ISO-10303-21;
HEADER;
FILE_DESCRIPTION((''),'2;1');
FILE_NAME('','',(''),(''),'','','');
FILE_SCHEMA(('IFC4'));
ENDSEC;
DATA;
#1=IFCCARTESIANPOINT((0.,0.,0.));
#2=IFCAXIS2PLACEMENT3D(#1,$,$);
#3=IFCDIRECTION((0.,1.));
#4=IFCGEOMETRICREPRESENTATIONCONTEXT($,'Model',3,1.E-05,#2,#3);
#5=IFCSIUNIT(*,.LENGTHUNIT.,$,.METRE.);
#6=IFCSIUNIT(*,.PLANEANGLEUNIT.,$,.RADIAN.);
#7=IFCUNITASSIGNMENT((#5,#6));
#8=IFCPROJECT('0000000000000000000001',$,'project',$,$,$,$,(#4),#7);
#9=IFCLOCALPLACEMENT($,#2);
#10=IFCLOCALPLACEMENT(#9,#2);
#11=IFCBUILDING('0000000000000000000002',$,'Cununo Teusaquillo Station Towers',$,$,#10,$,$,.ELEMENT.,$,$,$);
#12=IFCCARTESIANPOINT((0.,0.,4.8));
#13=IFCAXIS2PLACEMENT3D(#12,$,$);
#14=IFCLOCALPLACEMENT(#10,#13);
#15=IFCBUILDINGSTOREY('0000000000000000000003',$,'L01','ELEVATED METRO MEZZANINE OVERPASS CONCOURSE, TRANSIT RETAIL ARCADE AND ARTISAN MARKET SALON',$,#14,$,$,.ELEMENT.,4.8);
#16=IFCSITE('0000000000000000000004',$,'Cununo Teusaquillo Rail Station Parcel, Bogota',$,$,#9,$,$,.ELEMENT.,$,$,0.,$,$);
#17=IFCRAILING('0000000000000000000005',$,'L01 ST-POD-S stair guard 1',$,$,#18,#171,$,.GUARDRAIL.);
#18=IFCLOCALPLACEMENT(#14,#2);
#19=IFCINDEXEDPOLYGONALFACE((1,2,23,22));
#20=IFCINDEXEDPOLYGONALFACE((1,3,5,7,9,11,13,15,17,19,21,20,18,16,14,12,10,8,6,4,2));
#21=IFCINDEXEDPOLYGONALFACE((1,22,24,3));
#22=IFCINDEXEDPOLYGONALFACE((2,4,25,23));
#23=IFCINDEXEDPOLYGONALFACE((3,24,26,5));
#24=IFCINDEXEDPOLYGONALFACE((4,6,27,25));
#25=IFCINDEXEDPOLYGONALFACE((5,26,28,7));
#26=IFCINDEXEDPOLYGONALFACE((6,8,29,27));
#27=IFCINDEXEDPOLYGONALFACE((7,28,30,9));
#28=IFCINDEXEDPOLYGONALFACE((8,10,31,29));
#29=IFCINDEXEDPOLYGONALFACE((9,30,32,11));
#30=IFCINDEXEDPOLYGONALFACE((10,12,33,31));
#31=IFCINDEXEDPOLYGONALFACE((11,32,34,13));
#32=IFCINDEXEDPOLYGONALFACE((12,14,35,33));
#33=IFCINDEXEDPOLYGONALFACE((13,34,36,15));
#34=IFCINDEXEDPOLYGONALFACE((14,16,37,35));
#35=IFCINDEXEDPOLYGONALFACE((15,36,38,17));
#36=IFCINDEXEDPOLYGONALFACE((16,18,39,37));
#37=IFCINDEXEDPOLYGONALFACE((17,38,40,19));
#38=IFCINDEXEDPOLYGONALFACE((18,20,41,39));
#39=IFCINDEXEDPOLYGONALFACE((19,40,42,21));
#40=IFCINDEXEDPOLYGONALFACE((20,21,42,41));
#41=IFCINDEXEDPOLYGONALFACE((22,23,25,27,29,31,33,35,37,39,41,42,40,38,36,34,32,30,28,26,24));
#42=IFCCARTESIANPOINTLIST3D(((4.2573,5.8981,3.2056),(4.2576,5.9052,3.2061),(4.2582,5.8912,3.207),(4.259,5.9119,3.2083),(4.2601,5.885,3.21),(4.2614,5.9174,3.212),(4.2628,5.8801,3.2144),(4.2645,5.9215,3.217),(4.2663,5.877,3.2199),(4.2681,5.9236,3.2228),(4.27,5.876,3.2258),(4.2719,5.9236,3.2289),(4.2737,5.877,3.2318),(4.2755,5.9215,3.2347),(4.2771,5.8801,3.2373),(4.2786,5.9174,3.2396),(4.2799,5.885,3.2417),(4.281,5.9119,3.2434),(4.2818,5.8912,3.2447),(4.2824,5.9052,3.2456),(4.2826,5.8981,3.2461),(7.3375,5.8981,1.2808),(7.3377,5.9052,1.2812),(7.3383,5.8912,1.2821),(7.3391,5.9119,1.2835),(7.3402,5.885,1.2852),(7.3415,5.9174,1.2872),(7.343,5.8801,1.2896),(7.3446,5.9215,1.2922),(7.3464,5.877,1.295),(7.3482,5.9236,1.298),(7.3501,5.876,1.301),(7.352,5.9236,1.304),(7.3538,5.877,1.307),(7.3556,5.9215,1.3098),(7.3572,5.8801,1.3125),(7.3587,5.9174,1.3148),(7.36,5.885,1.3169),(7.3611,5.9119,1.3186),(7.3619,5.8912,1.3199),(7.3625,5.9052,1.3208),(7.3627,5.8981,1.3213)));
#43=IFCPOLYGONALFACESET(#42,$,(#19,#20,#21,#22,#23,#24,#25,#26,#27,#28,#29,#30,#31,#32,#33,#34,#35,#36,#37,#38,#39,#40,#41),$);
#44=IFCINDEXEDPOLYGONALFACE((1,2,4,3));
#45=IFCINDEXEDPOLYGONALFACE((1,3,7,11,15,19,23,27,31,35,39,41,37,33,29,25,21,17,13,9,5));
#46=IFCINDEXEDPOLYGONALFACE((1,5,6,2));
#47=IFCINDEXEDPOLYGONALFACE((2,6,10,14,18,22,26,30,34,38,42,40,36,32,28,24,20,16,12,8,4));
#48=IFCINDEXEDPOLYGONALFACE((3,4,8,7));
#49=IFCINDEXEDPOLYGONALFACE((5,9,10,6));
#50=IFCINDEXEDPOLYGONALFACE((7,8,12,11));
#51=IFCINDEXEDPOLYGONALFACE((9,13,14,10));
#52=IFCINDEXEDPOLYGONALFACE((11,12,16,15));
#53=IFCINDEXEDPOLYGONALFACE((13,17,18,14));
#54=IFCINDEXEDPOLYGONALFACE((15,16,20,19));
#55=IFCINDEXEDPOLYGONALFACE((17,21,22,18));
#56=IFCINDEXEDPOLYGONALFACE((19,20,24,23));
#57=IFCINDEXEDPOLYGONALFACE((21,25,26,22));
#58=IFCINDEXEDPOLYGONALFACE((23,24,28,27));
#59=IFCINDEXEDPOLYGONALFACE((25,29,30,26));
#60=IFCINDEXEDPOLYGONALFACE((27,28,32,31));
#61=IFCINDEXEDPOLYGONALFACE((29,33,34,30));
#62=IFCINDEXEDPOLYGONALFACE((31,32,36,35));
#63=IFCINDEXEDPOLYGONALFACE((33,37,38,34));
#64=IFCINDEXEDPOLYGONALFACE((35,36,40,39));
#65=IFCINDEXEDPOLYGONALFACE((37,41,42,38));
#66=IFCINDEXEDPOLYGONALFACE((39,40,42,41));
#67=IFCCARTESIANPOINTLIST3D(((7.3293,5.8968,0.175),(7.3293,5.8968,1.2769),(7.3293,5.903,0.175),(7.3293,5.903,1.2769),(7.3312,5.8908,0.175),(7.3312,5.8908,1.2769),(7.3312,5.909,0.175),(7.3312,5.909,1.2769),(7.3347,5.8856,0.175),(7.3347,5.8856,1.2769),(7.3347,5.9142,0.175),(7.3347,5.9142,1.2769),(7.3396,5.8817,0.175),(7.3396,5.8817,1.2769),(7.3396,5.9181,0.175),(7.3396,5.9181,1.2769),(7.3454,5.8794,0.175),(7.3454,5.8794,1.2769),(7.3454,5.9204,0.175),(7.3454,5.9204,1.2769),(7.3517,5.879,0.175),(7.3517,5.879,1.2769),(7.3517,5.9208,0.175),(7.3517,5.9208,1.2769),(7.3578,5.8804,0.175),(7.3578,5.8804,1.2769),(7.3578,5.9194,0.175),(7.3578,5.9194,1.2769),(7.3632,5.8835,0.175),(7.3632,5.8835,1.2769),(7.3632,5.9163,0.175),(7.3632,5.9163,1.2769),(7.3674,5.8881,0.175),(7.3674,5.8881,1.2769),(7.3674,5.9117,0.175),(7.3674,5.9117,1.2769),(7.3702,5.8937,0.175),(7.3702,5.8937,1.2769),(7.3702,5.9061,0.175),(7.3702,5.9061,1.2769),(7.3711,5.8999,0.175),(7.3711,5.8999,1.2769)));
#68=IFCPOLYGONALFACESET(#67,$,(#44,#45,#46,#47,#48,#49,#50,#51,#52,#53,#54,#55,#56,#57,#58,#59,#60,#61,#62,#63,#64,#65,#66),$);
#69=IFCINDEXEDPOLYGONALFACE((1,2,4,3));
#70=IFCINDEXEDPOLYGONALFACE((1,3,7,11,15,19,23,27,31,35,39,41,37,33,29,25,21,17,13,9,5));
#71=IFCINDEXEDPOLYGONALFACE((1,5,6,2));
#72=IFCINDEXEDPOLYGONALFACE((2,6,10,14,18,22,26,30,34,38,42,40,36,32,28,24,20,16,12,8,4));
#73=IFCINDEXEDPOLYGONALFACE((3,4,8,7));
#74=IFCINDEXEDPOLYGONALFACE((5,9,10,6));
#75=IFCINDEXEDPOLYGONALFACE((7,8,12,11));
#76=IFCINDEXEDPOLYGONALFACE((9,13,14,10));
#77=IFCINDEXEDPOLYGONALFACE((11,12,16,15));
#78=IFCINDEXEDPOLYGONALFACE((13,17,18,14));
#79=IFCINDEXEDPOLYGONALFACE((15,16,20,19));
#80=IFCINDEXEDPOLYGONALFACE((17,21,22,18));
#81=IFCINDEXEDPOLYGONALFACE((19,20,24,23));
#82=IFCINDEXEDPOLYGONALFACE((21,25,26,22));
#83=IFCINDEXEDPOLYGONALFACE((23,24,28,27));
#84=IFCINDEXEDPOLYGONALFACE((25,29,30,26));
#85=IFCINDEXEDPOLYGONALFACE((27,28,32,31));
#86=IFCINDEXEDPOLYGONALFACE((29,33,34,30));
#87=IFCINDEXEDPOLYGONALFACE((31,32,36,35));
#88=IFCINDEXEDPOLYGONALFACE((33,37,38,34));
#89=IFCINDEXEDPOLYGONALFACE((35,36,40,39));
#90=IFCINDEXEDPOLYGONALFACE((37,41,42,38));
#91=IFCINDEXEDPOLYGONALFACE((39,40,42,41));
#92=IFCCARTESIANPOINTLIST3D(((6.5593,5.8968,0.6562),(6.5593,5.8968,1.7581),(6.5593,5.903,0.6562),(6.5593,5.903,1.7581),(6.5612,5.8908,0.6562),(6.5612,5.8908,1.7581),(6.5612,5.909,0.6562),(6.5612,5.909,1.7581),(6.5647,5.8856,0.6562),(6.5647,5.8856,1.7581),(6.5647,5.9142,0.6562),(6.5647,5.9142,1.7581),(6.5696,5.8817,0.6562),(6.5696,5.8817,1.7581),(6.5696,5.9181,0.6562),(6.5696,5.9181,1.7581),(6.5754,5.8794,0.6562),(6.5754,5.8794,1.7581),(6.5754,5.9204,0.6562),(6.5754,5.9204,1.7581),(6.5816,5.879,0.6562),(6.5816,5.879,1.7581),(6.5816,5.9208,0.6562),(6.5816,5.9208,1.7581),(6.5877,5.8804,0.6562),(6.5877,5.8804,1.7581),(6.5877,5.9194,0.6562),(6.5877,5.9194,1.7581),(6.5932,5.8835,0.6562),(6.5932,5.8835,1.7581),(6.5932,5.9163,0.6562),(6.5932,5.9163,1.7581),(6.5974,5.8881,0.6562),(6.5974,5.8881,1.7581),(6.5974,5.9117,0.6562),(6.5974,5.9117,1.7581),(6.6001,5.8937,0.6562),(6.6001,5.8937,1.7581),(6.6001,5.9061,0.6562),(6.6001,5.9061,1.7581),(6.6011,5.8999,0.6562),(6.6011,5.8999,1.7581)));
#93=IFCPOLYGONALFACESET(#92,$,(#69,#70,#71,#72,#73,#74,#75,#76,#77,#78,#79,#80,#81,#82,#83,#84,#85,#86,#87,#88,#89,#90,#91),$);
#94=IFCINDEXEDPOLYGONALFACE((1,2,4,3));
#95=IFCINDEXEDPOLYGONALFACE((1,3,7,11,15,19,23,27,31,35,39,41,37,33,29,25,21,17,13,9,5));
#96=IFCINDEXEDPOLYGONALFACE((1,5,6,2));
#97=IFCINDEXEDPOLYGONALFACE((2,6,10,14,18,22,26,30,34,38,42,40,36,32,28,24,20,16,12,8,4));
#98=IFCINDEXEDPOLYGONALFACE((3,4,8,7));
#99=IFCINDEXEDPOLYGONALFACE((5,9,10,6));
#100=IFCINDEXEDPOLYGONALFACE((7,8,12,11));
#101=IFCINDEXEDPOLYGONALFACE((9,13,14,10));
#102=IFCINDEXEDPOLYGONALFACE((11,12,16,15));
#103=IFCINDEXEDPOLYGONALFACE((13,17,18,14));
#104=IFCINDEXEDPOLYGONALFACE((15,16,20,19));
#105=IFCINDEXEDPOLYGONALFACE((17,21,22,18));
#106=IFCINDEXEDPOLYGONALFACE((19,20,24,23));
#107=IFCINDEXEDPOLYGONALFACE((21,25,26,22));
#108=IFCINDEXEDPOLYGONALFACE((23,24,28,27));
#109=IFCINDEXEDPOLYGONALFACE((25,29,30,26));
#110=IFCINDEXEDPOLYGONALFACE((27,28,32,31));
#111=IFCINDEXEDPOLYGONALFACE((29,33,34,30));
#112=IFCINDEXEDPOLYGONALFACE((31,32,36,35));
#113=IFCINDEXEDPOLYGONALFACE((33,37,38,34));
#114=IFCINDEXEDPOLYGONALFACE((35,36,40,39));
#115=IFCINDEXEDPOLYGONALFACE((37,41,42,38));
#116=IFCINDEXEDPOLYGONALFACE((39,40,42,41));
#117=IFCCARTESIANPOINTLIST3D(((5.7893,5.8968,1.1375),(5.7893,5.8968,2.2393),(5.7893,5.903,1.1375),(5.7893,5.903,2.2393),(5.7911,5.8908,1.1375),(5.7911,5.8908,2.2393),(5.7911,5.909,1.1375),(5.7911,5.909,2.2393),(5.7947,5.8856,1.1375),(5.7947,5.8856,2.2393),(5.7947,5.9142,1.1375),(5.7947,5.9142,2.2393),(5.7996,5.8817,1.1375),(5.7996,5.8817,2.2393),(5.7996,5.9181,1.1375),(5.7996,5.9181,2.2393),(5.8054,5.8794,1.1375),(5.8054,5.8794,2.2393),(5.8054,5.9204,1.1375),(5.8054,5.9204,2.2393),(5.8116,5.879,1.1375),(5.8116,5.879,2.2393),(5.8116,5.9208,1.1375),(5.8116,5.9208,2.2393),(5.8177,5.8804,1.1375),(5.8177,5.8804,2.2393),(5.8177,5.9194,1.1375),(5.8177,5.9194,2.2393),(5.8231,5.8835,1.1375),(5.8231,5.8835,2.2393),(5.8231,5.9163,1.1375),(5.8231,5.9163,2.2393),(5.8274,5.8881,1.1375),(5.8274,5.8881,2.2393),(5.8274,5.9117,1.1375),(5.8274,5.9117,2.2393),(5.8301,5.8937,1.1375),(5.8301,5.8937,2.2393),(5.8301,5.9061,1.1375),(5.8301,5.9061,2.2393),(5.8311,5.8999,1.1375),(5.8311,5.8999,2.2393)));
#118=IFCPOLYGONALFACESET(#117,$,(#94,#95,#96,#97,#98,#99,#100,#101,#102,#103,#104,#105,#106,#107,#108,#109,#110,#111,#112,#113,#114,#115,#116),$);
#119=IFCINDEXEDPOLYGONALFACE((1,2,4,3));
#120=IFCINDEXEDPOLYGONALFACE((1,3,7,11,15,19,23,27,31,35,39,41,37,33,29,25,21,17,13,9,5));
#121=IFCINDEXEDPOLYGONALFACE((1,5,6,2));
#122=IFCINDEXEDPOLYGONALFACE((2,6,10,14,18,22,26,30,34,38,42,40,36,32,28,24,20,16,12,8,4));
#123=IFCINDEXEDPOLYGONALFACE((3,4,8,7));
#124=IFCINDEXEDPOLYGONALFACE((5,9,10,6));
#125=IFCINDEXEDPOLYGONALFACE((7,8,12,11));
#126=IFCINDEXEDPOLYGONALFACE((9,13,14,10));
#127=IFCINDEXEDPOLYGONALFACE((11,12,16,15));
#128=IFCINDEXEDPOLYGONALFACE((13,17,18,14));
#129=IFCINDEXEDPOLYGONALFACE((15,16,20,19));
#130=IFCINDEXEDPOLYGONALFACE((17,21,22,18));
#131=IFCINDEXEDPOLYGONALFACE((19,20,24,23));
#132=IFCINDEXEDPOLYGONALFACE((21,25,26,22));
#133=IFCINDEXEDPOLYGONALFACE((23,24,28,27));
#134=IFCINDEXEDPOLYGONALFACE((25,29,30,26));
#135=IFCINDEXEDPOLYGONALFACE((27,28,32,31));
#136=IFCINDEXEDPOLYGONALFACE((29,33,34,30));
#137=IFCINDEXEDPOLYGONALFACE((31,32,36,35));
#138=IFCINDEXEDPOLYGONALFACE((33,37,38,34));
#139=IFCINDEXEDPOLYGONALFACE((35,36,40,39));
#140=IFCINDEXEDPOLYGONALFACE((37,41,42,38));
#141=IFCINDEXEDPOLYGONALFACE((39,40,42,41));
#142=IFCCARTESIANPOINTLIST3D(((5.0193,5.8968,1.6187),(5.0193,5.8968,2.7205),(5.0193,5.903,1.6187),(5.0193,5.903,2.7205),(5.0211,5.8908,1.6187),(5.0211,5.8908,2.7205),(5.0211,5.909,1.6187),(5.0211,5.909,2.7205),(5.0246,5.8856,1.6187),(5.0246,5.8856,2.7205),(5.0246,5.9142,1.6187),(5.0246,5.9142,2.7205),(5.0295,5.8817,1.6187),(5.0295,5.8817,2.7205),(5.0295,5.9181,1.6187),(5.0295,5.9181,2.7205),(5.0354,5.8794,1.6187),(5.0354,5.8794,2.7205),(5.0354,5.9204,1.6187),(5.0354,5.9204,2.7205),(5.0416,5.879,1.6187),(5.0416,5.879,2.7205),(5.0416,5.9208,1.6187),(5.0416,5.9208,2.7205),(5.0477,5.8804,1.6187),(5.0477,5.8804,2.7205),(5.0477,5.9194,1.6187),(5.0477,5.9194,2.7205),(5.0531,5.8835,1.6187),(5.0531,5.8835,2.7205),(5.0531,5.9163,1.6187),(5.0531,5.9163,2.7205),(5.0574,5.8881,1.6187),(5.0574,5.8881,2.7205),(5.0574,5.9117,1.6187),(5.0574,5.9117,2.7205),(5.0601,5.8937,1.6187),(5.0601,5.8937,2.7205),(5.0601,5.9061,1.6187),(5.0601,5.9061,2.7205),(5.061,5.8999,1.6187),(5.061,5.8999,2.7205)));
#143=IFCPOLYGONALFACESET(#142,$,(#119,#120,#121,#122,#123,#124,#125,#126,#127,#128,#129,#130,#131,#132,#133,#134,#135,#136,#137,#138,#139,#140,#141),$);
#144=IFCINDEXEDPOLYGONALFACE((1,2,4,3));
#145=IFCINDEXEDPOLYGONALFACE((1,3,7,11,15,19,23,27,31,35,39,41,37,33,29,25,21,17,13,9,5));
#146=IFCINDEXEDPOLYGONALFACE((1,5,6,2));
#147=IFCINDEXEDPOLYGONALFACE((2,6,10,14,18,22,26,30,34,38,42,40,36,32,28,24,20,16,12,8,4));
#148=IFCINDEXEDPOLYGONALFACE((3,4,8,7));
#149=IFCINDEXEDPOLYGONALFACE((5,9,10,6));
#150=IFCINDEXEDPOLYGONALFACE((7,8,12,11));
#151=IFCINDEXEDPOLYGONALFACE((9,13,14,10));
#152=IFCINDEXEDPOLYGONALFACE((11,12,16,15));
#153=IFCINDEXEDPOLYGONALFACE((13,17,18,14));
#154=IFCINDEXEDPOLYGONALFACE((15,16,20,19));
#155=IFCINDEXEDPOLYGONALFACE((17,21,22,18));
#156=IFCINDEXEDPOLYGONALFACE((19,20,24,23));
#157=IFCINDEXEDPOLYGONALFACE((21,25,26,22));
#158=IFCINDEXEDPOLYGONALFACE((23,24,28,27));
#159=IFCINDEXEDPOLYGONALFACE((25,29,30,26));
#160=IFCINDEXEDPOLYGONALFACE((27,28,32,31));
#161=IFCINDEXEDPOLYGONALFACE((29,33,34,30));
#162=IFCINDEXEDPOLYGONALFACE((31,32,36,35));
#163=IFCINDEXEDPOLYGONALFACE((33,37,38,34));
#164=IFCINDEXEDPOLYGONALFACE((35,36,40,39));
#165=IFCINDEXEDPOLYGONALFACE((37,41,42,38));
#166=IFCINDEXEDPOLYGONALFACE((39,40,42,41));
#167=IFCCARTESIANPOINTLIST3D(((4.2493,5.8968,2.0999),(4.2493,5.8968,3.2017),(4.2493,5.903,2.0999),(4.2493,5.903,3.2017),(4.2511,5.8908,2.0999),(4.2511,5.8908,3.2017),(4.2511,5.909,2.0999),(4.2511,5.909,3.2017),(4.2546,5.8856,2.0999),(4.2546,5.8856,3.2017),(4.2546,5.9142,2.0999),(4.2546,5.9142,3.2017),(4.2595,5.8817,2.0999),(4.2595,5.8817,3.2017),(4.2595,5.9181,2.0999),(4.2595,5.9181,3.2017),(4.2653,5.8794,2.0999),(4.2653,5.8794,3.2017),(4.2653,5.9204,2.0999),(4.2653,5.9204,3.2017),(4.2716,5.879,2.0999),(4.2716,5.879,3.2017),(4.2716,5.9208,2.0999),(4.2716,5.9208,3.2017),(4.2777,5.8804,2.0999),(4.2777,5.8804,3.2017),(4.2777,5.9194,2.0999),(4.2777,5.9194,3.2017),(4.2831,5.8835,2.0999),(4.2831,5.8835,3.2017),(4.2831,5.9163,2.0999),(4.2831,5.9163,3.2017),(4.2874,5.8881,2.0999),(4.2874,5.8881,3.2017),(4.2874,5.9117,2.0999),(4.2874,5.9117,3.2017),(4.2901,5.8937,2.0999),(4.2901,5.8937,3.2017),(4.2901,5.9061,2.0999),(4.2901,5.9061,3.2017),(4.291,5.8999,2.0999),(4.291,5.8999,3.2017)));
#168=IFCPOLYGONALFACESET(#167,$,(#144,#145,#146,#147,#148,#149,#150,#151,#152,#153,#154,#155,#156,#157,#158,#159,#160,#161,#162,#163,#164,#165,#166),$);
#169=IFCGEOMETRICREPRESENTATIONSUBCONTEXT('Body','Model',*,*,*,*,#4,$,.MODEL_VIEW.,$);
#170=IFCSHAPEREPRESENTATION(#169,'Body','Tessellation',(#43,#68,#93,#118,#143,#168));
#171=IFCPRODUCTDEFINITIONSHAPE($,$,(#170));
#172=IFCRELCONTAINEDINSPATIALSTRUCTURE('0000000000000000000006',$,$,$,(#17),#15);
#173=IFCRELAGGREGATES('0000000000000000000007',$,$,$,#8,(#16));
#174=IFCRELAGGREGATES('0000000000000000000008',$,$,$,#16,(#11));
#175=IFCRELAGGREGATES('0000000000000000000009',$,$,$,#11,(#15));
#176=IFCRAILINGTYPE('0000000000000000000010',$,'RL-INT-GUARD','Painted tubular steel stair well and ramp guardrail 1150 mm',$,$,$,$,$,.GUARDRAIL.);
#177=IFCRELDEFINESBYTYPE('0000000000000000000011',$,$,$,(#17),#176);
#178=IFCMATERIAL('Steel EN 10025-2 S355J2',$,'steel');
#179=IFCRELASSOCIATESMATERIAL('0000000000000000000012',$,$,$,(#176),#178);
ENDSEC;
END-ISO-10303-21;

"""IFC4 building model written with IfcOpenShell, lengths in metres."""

from ifc_helpers import new_model, si_unit, direction, frame, origin, origin_2d, place, context, subcontext, project, spatial, circle, extrude, material, type_object, element, save


model = new_model("IFC4")

# Units and contexts
model_context = context("Model", 3, precision=1e-05, world=origin(), true_north=direction((0.0, 1.0)))
body_context = subcontext(model_context, "Body", "Model", "MODEL_VIEW")
ifc_project = project(units=[si_unit("LENGTHUNIT", "METRE"), si_unit("PLANEANGLEUNIT", "RADIAN")], contexts=[model_context])

# Site, building, storey
site_placement = place(None, origin())
site = spatial("IfcSite", under=ifc_project, at=site_placement, Name="Cununo Teusaquillo Rail Station Parcel, Bogota", CompositionType="ELEMENT", RefElevation=0.0)
building_placement = place(site_placement, origin())
building = spatial("IfcBuilding", under=site, at=building_placement, Name="Cununo Teusaquillo Station Towers", CompositionType="ELEMENT")
storey_placement = place(building_placement, frame((0.0, 0.0, 4.8)))
storey = spatial("IfcBuildingStorey", under=building, at=storey_placement, Name="L01", Description="ELEVATED METRO MEZZANINE OVERPASS CONCOURSE, TRANSIT RETAIL ARCADE AND ARTISAN MARKET SALON", CompositionType="ELEMENT", Elevation=4.8)

# Railing
ifc_material_1 = material(Name="Steel EN 10025-2 S355J2", Category="steel")
railing_type_1 = type_object("IfcRailingType", Name="RL-INT-GUARD", Description="Painted tubular steel stair well and ramp guardrail 1150 mm", PredefinedType="GUARDRAIL", material=ifc_material_1)
railing_1_placement = place(storey_placement, frame((7.3501, 5.8999, 0.175)))
element("IfcRailing", 1, at=railing_1_placement, inside=storey, type_object=railing_type_1, Name="L01 ST-POD-S stair guard 1", PredefinedType="GUARDRAIL", context=body_context, shape_type="SweptSolid", body=[
    extrude(circle(Radius=0.0239, at=origin_2d()), frame((0.0, 0.0, 1.126), z_axis=(-0.848029, 0.0, 0.529951), x_axis=(0.0, -1.0, 0.0)), (0.0, 0.0, 1.0), 3.6321),
    extrude(circle(Radius=0.021, at=origin_2d()), origin(), (0.0, 0.0, 1.0), 1.1018),
    extrude(circle(Radius=0.021, at=origin_2d()), frame((-0.77, 0.0, 0.4812)), (0.0, 0.0, 1.0), 1.1018),
    extrude(circle(Radius=0.021, at=origin_2d()), frame((-1.54, 0.0, 0.9624)), (0.0, 0.0, 1.0), 1.1018),
    extrude(circle(Radius=0.021, at=origin_2d()), frame((-2.3101, 0.0, 1.4436)), (0.0, 0.0, 1.0), 1.1018),
    extrude(circle(Radius=0.021, at=origin_2d()), frame((-3.0801, 0.0, 1.9248)), (0.0, 0.0, 1.0), 1.1018),
])

save(model, "model.ifc")
